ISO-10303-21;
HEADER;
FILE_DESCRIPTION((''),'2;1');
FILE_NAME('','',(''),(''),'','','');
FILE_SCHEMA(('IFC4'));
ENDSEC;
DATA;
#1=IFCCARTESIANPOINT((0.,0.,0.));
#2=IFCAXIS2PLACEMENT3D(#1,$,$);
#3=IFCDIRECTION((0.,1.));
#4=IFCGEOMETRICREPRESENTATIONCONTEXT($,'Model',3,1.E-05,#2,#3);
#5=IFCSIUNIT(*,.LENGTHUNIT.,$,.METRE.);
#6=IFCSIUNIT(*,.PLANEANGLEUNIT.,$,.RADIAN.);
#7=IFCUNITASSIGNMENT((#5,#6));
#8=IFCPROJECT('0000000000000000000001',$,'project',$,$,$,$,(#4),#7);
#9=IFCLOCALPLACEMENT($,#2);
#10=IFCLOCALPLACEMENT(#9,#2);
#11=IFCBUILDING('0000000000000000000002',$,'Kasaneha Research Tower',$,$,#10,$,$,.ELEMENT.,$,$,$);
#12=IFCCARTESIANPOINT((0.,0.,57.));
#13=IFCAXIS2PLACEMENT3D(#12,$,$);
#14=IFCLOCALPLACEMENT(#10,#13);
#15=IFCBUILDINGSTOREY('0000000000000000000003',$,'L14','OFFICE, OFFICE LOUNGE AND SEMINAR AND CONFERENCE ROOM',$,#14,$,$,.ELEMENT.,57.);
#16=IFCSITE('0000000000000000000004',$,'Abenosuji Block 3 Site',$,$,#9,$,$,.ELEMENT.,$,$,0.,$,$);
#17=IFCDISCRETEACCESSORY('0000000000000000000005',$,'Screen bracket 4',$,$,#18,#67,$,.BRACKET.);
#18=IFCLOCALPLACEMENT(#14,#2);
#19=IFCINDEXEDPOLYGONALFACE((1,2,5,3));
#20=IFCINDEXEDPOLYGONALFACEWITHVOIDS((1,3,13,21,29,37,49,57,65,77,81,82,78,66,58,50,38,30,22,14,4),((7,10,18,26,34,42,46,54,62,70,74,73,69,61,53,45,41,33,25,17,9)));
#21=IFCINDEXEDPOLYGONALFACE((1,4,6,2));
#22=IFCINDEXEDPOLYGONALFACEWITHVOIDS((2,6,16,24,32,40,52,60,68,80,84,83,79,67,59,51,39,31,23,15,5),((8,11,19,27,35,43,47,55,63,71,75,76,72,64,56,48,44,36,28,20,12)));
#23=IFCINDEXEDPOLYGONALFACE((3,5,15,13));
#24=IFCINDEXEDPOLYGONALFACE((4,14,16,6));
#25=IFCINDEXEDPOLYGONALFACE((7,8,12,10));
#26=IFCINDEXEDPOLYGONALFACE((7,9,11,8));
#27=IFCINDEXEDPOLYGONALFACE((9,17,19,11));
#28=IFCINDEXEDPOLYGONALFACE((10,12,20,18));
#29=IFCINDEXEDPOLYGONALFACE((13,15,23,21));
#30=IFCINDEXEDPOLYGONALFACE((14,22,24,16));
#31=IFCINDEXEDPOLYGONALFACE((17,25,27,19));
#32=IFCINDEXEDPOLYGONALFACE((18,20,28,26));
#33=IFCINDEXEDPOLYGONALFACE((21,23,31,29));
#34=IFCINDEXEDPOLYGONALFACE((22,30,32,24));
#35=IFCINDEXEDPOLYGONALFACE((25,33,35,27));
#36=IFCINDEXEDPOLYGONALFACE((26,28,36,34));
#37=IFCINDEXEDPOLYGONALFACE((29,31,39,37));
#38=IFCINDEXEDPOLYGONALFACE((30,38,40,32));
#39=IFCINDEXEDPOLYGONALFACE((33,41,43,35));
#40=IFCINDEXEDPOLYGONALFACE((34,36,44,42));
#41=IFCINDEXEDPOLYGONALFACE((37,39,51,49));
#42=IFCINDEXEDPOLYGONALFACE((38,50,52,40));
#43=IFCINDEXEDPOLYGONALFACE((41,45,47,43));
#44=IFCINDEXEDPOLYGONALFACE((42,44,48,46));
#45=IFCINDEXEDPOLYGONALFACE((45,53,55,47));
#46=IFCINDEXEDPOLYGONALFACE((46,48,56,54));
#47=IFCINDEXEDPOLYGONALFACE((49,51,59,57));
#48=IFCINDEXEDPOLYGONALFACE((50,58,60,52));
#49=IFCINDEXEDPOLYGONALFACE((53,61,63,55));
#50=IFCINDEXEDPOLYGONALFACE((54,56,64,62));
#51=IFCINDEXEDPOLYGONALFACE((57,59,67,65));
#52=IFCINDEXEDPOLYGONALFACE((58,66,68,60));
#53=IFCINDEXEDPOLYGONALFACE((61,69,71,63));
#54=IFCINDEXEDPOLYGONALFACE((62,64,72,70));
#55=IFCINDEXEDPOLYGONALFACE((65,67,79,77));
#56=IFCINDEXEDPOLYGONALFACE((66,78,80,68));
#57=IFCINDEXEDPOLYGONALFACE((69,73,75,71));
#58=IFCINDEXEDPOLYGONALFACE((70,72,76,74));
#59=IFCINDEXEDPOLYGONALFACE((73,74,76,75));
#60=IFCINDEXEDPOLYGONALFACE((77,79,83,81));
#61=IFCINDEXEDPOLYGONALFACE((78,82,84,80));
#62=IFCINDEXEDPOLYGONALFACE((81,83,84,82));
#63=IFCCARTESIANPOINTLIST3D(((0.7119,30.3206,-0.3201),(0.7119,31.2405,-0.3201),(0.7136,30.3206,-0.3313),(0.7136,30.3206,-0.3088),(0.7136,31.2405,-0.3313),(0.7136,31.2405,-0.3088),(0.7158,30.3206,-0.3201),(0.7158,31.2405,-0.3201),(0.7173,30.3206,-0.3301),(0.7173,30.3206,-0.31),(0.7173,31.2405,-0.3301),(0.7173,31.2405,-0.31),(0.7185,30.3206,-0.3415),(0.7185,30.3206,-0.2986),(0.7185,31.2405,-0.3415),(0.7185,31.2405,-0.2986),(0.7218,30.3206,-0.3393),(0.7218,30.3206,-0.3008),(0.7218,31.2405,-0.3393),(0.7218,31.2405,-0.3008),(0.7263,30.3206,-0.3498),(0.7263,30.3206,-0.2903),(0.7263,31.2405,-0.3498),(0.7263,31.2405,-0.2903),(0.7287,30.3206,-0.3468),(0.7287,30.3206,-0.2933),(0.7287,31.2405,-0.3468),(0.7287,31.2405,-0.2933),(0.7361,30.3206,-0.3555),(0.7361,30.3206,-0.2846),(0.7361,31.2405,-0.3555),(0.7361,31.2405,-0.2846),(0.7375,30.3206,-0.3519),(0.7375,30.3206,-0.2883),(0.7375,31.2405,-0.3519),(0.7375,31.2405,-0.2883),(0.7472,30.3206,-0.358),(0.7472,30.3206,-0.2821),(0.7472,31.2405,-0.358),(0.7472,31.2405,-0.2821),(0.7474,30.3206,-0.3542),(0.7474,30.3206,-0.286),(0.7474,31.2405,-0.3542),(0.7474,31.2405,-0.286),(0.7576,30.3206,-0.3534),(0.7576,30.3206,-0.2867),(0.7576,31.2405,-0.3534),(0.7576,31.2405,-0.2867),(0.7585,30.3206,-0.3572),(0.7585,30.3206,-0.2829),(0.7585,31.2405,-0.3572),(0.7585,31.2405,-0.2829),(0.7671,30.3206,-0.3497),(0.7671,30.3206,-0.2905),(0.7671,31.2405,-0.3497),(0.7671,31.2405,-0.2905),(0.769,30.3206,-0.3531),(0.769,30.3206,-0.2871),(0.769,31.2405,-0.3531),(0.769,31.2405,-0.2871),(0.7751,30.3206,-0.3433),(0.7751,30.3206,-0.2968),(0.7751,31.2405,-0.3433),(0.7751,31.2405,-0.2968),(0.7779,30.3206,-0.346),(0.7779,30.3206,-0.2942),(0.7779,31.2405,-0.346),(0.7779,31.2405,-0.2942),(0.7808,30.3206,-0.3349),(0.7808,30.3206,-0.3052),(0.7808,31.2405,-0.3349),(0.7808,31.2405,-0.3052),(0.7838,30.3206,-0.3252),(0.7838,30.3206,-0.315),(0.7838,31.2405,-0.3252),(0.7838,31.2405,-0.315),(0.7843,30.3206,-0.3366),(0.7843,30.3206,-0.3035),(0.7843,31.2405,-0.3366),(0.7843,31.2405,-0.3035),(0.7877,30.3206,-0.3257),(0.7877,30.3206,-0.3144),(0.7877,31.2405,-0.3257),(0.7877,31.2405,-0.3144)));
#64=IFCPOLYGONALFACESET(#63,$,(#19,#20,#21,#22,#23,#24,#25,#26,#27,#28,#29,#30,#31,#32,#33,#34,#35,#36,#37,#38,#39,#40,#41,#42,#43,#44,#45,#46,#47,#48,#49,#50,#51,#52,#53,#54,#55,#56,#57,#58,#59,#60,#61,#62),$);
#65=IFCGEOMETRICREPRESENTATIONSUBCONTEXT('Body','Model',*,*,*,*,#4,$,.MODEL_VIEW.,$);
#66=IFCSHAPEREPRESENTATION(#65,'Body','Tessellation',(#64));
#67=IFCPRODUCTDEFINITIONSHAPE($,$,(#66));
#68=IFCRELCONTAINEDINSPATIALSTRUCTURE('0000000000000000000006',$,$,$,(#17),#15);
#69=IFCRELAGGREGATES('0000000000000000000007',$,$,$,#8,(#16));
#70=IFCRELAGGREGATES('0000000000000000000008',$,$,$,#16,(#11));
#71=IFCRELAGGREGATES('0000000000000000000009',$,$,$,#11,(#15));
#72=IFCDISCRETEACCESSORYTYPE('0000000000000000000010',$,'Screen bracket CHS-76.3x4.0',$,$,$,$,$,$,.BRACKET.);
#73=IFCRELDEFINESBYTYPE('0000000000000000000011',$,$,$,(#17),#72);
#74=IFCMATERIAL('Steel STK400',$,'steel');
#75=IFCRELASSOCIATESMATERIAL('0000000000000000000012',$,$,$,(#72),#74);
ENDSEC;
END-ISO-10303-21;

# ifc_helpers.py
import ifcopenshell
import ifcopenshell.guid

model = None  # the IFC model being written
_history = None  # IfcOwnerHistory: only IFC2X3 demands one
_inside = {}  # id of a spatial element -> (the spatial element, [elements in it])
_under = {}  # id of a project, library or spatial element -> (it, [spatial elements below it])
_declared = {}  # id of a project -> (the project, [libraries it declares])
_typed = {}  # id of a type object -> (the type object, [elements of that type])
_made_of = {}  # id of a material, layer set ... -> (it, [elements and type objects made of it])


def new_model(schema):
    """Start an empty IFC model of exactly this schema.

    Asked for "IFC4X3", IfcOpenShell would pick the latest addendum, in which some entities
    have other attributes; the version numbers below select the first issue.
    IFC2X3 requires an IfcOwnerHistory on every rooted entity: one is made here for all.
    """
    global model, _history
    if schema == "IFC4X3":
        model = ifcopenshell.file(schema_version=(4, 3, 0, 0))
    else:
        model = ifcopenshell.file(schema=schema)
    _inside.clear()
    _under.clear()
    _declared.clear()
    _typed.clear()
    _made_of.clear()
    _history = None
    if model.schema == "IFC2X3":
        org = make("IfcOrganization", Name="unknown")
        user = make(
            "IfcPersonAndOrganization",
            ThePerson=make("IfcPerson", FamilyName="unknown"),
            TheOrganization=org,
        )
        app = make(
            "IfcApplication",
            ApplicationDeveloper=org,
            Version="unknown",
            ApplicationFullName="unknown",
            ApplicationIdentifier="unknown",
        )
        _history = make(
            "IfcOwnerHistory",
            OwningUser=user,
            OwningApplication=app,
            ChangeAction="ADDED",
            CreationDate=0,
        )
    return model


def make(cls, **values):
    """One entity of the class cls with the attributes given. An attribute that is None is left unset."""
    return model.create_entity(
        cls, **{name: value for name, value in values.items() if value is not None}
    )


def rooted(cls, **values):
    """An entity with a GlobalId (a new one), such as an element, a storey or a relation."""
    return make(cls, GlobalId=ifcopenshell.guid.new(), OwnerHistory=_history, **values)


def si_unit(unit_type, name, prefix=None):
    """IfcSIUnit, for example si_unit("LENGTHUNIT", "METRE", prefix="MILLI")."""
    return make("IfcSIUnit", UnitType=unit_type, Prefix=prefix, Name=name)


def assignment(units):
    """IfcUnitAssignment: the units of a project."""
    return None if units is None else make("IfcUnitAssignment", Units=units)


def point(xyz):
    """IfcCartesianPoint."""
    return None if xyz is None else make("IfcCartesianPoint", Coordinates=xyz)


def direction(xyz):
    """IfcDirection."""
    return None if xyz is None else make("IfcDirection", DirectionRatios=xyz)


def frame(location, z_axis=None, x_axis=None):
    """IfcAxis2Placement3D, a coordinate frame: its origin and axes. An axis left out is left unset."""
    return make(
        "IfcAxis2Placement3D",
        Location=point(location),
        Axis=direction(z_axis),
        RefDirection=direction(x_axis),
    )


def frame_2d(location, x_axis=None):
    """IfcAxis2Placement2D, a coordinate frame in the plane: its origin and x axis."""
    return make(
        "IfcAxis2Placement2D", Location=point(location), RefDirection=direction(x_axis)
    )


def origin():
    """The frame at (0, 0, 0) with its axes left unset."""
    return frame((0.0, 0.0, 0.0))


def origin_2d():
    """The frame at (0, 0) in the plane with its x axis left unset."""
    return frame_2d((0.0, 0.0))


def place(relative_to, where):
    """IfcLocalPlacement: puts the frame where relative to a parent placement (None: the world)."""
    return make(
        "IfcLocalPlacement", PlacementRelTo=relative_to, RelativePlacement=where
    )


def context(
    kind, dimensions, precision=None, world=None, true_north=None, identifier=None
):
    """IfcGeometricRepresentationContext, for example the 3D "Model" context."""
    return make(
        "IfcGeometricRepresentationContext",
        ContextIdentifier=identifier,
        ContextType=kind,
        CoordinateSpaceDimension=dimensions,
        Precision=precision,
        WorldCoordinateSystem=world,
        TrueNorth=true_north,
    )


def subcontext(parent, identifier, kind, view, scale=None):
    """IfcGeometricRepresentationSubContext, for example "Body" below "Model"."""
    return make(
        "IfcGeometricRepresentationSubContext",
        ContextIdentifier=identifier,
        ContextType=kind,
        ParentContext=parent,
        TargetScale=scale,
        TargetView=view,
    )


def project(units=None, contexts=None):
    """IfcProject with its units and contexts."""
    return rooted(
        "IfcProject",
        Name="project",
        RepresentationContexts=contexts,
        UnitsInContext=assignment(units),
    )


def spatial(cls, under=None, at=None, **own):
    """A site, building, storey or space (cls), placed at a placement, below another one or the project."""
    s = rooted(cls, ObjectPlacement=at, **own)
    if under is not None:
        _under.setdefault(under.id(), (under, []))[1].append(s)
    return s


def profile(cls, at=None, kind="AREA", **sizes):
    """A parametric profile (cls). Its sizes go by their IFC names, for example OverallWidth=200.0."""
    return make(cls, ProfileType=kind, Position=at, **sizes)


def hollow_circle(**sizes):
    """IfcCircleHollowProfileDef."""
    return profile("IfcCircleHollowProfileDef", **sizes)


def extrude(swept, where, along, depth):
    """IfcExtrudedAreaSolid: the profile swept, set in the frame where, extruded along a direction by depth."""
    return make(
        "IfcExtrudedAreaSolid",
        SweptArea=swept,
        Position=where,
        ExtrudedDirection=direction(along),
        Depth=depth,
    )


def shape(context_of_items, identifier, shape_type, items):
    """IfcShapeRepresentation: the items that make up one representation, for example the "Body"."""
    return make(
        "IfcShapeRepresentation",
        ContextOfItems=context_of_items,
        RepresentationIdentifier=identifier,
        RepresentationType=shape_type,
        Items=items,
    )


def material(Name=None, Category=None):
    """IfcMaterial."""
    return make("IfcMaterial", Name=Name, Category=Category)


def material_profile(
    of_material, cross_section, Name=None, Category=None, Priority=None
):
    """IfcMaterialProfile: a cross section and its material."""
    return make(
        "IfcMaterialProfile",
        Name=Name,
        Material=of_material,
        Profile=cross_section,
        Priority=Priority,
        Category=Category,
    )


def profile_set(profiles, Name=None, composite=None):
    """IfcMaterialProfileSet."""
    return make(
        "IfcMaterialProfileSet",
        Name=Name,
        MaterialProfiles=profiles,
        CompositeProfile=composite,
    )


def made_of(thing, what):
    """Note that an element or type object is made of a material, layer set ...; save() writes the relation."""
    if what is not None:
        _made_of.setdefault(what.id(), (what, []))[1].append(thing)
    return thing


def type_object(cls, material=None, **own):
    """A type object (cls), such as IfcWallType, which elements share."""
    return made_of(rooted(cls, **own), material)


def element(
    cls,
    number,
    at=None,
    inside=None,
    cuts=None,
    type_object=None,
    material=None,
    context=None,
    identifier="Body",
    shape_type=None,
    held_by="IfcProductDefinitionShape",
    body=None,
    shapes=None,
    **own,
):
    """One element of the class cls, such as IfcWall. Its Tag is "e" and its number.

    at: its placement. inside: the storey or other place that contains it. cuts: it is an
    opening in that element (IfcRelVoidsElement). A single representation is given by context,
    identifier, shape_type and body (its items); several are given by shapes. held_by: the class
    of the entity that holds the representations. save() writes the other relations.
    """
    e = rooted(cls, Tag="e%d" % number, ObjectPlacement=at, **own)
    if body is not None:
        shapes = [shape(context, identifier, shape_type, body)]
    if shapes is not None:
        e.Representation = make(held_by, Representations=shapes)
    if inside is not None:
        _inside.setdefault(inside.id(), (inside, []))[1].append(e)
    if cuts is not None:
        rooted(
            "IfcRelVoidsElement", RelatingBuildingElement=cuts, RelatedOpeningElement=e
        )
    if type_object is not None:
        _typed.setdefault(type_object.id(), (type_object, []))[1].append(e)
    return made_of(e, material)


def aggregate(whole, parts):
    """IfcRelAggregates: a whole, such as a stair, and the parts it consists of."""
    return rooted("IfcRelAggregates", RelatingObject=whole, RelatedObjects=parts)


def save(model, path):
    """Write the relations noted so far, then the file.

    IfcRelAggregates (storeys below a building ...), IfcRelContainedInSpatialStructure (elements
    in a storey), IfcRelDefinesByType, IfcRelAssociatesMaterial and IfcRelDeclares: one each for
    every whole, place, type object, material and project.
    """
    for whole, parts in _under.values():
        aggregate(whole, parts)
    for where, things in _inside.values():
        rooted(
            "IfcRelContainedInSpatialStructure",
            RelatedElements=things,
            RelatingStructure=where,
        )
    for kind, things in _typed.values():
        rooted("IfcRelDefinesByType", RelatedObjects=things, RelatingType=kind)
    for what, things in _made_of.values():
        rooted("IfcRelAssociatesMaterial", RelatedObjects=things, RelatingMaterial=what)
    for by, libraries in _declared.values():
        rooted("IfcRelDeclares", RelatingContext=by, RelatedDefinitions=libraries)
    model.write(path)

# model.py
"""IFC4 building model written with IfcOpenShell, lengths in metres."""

from ifc_helpers import new_model, si_unit, direction, frame, origin, origin_2d, place, context, subcontext, project, spatial, hollow_circle, extrude, material, material_profile, profile_set, type_object, element, save


model = new_model("IFC4")

# Units and contexts
model_context = context("Model", 3, precision=1e-05, world=origin(), true_north=direction((0.0, 1.0)))
body_context = subcontext(model_context, "Body", "Model", "MODEL_VIEW")
ifc_project = project(units=[si_unit("LENGTHUNIT", "METRE"), si_unit("PLANEANGLEUNIT", "RADIAN")], contexts=[model_context])

# Site, building, storey
site_placement = place(None, origin())
site = spatial("IfcSite", under=ifc_project, at=site_placement, Name="Abenosuji Block 3 Site", CompositionType="ELEMENT", RefElevation=0.0)
building_placement = place(site_placement, origin())
building = spatial("IfcBuilding", under=site, at=building_placement, Name="Kasaneha Research Tower", CompositionType="ELEMENT")
storey_placement = place(building_placement, frame((0.0, 0.0, 57.0)))
storey = spatial("IfcBuildingStorey", under=building, at=storey_placement, Name="L14", Description="OFFICE, OFFICE LOUNGE AND SEMINAR AND CONFERENCE ROOM", CompositionType="ELEMENT", Elevation=57.0)

# Discrete accessory
ifc_material_1 = material(Name="Steel STK400", Category="steel")
ifc_material_profile_1 = material_profile(ifc_material_1, hollow_circle(Radius=0.0381, WallThickness=0.0039, at=origin_2d()), Name="CHS-76.3x4.0")
ifc_profile_set_1 = profile_set([ifc_material_profile_1], Name="Steel STK400")
discrete_accessory_type = type_object("IfcDiscreteAccessoryType", Name="Screen bracket CHS-76.3x4.0", PredefinedType="BRACKET", material=ifc_profile_set_1)
for number, where, z_axis, x_axis, name in (
    (1, (0.75, 30.3206, -0.3201), (0.0, 1.0, 0.0), (-1.0, 0.0, 0.0), "Screen bracket 4"),
):
    element("IfcDiscreteAccessory", number, at=place(storey_placement, frame(where, z_axis=z_axis, x_axis=x_axis)), inside=storey, type_object=discrete_accessory_type, Name=name, PredefinedType="BRACKET", context=body_context, shape_type="SweptSolid", body=[
        extrude(hollow_circle(Radius=0.0381, WallThickness=0.0039, at=origin_2d()), origin(), (0.0, 0.0, 1.0), 0.9199),
    ])

save(model, "model.ifc")
